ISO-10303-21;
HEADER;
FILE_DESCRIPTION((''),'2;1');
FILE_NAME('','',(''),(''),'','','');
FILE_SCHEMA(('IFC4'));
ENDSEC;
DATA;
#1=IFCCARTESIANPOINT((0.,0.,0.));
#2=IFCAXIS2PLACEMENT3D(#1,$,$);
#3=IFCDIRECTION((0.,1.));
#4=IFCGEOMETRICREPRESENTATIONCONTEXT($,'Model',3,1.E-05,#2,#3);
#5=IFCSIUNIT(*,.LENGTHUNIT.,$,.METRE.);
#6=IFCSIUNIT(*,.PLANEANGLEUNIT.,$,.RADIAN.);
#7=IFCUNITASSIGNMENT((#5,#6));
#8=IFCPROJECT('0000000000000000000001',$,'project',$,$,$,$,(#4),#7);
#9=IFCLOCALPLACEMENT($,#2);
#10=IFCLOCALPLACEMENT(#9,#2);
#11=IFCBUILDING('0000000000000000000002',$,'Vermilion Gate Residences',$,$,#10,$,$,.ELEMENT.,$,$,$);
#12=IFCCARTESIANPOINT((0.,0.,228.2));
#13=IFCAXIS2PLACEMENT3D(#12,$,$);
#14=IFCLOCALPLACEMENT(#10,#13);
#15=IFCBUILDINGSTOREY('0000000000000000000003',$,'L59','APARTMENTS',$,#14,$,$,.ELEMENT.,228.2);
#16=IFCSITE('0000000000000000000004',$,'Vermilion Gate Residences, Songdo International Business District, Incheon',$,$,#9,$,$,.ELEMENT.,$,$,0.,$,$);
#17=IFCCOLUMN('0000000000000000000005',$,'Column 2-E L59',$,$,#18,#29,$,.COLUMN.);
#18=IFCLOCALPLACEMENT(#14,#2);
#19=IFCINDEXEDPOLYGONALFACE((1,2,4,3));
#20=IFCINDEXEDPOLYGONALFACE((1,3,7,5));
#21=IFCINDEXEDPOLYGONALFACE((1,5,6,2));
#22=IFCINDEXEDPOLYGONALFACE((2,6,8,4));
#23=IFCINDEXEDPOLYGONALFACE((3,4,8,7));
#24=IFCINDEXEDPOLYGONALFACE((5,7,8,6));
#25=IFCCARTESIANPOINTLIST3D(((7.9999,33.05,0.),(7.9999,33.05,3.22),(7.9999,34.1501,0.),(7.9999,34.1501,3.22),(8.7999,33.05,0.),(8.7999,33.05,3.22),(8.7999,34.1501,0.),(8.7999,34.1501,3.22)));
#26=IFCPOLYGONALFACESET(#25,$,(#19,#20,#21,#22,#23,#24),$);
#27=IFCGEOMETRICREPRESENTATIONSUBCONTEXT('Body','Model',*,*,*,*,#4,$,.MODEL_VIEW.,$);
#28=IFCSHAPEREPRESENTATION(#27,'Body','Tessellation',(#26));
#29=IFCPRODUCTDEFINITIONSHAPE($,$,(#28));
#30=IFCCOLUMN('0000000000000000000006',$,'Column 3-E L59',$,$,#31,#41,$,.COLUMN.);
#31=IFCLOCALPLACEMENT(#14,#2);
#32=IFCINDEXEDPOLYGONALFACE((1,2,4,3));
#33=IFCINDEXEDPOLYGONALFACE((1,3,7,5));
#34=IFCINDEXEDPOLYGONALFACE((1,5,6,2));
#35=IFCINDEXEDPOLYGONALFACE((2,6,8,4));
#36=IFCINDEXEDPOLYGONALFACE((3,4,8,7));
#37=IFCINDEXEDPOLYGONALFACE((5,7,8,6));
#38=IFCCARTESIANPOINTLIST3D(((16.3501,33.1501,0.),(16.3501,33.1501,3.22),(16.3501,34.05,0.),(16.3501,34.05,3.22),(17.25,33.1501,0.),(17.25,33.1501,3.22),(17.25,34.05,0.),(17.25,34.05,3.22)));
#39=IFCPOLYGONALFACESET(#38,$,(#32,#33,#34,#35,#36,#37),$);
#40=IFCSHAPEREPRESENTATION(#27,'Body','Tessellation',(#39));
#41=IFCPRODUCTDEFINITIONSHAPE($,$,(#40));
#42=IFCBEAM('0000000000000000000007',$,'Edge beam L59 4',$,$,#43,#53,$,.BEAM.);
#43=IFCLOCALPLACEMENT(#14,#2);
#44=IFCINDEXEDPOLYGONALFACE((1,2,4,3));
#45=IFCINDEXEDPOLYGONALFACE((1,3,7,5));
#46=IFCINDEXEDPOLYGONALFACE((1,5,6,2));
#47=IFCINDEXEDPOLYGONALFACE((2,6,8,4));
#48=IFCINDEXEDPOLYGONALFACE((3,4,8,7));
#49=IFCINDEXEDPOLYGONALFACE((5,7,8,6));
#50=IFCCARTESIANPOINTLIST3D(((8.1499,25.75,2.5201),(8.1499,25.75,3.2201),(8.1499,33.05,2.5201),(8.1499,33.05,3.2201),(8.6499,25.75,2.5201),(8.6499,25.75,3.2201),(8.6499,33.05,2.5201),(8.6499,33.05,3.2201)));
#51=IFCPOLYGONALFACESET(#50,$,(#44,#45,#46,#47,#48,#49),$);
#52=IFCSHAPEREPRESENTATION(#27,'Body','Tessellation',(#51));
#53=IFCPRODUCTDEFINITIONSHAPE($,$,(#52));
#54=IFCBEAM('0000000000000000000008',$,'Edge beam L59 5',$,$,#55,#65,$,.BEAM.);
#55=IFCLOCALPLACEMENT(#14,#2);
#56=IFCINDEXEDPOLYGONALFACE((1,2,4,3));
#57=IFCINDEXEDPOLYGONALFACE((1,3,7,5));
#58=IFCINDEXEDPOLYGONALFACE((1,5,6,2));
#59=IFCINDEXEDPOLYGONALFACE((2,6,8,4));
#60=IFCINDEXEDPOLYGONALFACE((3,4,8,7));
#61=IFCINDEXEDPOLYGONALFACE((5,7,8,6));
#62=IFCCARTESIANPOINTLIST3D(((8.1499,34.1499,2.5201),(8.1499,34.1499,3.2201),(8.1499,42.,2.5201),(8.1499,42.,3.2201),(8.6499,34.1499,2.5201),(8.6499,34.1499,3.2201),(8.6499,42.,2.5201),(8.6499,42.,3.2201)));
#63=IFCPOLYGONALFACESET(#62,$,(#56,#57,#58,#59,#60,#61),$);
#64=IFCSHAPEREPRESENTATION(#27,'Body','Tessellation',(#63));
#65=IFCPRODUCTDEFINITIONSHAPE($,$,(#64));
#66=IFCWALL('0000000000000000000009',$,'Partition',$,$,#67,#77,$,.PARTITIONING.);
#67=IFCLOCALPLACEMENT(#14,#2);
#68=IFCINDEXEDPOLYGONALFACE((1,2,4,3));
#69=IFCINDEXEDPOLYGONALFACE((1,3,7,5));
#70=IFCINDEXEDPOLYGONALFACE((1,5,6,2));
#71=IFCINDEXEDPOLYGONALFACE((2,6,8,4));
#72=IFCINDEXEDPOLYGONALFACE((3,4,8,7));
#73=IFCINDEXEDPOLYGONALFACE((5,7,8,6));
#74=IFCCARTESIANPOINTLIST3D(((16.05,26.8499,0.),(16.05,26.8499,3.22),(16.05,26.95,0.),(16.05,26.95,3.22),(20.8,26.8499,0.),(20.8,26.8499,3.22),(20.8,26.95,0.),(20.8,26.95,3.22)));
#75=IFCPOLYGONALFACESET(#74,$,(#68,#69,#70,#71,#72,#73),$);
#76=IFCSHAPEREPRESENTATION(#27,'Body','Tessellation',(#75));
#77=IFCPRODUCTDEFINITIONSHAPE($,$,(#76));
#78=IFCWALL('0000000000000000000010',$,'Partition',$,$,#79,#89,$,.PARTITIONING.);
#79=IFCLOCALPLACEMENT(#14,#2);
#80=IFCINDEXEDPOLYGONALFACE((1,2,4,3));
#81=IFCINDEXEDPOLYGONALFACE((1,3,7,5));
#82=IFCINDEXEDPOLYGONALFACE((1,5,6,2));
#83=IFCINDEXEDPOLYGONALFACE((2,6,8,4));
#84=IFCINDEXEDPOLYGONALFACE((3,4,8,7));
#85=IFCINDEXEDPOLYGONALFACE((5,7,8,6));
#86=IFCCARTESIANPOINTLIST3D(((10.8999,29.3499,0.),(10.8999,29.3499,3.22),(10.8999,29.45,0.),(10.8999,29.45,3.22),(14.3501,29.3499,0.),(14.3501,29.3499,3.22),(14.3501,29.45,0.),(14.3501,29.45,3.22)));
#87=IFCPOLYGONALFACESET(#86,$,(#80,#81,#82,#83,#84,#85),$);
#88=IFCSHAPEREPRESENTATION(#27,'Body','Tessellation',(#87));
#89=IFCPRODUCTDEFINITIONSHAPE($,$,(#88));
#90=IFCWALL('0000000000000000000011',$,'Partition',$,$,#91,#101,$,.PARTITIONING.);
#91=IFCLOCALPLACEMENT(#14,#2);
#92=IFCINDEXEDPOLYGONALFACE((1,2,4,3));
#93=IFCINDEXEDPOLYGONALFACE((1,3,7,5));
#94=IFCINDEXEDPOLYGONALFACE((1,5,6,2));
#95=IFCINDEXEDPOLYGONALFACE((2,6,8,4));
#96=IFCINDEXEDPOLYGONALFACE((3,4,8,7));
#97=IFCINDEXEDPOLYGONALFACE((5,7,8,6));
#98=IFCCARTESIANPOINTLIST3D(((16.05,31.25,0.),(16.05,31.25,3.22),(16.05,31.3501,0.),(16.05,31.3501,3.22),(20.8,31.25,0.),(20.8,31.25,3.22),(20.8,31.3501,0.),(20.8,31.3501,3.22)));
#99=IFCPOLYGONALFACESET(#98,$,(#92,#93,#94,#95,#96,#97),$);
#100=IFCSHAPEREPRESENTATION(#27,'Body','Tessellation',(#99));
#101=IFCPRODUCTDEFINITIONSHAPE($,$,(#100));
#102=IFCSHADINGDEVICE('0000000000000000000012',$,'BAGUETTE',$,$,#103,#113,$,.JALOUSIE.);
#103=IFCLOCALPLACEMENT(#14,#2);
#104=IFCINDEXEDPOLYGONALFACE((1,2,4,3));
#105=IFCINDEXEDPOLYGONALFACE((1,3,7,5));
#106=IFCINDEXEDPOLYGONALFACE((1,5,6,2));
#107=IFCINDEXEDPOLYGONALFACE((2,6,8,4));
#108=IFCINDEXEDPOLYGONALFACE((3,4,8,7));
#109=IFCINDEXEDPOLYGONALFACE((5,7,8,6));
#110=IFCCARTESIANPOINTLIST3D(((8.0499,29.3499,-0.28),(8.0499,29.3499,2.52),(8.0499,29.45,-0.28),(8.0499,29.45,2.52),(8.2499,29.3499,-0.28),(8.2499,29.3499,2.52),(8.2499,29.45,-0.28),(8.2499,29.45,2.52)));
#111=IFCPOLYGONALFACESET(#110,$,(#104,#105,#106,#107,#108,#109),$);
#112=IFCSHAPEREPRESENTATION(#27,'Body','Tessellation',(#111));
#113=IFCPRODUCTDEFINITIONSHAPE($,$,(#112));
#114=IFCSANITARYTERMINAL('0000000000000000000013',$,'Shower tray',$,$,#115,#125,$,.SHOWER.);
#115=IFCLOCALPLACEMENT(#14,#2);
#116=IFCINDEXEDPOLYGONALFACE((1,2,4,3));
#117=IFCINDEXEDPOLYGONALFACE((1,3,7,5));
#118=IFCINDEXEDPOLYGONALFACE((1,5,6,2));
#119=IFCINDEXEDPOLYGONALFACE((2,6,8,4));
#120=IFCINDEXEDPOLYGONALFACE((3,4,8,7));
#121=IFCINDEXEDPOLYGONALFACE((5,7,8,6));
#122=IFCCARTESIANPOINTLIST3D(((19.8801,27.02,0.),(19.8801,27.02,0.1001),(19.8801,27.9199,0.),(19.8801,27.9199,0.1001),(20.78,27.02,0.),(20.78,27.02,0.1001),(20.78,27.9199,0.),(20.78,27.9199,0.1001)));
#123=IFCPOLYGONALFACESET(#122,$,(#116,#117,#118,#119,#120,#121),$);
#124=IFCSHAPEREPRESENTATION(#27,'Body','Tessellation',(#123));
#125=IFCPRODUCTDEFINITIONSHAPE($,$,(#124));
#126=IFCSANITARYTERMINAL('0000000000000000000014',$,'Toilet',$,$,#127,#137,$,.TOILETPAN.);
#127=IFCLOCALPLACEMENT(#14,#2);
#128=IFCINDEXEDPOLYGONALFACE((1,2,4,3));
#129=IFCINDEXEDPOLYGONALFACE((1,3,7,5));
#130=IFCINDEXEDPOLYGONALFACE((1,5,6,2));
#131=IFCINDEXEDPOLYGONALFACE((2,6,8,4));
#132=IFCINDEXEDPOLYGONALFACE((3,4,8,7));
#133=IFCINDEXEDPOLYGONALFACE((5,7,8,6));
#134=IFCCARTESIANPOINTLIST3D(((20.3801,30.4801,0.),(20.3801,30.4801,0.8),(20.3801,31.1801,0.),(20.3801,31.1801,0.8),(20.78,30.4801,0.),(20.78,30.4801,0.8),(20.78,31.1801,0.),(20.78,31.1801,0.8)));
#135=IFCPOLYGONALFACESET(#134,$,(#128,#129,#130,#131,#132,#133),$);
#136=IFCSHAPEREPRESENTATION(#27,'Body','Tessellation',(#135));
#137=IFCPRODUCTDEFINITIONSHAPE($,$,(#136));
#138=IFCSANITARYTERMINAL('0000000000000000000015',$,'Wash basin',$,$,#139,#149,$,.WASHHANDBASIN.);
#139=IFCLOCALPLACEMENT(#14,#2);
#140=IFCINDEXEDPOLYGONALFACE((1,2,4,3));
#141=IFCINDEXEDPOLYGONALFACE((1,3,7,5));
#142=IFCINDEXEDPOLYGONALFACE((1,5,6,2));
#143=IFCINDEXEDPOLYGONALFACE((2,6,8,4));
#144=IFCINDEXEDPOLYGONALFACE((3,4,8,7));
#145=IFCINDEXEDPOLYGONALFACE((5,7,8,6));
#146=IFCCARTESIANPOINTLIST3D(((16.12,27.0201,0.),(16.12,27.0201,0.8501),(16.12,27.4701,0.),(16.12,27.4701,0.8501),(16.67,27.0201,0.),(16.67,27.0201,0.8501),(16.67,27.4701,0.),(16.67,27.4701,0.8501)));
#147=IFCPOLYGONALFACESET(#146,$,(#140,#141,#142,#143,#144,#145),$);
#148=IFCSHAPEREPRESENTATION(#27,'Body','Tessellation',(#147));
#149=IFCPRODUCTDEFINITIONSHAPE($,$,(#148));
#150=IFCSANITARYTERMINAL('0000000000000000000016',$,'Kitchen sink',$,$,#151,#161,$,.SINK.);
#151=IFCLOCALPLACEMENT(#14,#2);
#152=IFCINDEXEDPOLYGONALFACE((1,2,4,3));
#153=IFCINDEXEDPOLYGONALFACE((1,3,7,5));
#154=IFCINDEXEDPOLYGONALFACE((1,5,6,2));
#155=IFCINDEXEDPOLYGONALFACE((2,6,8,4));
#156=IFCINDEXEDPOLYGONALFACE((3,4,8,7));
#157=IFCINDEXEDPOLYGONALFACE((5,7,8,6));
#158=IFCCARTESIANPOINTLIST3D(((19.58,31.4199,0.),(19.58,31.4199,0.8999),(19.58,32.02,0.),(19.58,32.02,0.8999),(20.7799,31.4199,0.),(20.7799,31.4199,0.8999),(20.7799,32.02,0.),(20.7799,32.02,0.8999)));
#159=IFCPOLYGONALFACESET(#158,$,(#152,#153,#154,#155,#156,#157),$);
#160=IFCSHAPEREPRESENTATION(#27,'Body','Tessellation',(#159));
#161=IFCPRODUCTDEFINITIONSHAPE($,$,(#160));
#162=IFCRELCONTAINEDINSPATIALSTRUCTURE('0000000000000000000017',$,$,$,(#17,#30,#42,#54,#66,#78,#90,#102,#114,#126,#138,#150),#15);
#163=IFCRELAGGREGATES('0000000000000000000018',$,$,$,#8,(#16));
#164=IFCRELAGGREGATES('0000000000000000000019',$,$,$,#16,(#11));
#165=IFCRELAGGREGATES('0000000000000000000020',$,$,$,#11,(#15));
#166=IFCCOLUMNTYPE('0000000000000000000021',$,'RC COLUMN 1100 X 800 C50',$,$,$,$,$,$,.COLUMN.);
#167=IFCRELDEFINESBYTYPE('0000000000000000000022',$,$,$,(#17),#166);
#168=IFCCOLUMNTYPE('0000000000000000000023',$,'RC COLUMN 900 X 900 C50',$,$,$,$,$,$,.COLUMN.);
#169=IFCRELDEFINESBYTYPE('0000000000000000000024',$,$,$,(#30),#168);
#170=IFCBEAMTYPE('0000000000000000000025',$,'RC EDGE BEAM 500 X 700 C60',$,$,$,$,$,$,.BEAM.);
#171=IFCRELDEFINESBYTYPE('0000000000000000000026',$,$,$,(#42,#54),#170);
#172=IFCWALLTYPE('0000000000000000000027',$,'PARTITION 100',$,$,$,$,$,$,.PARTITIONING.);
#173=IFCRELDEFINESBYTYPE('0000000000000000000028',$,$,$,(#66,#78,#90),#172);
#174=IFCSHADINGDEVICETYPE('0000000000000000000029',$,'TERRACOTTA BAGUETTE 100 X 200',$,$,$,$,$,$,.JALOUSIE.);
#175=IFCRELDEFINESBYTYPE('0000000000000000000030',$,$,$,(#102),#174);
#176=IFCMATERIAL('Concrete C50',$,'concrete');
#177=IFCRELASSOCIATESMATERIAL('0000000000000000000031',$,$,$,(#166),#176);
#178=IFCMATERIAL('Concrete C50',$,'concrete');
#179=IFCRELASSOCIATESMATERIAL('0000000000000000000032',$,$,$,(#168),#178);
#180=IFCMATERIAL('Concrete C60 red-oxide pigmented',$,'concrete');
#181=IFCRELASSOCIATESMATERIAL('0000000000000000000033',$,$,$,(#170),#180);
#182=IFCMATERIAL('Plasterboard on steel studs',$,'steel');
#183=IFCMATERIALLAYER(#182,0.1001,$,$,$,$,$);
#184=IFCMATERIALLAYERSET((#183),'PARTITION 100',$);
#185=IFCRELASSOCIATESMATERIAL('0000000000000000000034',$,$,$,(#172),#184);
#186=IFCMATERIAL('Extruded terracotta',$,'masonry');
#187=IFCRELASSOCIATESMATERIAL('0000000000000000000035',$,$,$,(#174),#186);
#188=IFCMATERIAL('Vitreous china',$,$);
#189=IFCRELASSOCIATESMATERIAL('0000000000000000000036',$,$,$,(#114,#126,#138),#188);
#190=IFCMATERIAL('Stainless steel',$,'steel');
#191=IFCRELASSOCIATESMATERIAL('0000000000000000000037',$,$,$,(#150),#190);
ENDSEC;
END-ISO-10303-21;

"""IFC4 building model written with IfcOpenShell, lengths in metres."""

from ifc_helpers import new_model, si_unit, direction, frame, frame_2d, origin, origin_2d, place, context, subcontext, project, spatial, rectangle, extrude, material, layer, layer_set, material_profile, profile_set, type_object, element, save


model = new_model("IFC4")

# Units and contexts
model_context = context("Model", 3, precision=1e-05, world=origin(), true_north=direction((0.0, 1.0)))
body_context = subcontext(model_context, "Body", "Model", "MODEL_VIEW")
ifc_project = project(units=[si_unit("LENGTHUNIT", "METRE"), si_unit("PLANEANGLEUNIT", "RADIAN")], contexts=[model_context])

# Site, building, storey
site_placement = place(None, origin())
site = spatial("IfcSite", under=ifc_project, at=site_placement, Name="Vermilion Gate Residences, Songdo International Business District, Incheon", CompositionType="ELEMENT", RefElevation=0.0)
building_placement = place(site_placement, origin())
building = spatial("IfcBuilding", under=site, at=building_placement, Name="Vermilion Gate Residences", CompositionType="ELEMENT")
storey_placement = place(building_placement, frame((0.0, 0.0, 228.2)))
storey = spatial("IfcBuildingStorey", under=building, at=storey_placement, Name="L59", Description="APARTMENTS", CompositionType="ELEMENT", Elevation=228.2)

# Columns
ifc_material_1 = material(Name="Concrete C50", Category="concrete")
ifc_material_profile_1 = material_profile(ifc_material_1, rectangle(XDim=1.1001, YDim=0.8, at=origin_2d()), Name="RC-1100x800")
ifc_profile_set_1 = profile_set([ifc_material_profile_1], Name="Concrete C50")
column_type_1 = type_object("IfcColumnType", Name="RC COLUMN 1100 X 800 C50", PredefinedType="COLUMN", material=ifc_profile_set_1)
column_1_placement = place(storey_placement, frame((8.3999, 33.6001, 0.0), z_axis=(0.0, 0.0, 1.0), x_axis=(0.0, 1.0, 0.0)))
element("IfcColumn", 1, at=column_1_placement, inside=storey, type_object=column_type_1, Name="Column 2-E L59", PredefinedType="COLUMN", context=body_context, shape_type="SweptSolid", body=[
    extrude(rectangle(XDim=1.1001, YDim=0.8, at=origin_2d()), origin(), (0.0, 0.0, 1.0), 3.22),
])
ifc_material_2 = material(Name="Concrete C50", Category="concrete")
ifc_material_profile_2 = material_profile(ifc_material_2, rectangle(XDim=0.8999, YDim=0.8999, at=origin_2d()), Name="RC-900x900")
ifc_profile_set_2 = profile_set([ifc_material_profile_2], Name="Concrete C50")
column_type_2 = type_object("IfcColumnType", Name="RC COLUMN 900 X 900 C50", PredefinedType="COLUMN", material=ifc_profile_set_2)
column_2_placement = place(storey_placement, frame((16.8, 33.6001, 0.0), z_axis=(0.0, 0.0, 1.0), x_axis=(1.0, 0.0, 0.0)))
element("IfcColumn", 2, at=column_2_placement, inside=storey, type_object=column_type_2, Name="Column 3-E L59", PredefinedType="COLUMN", context=body_context, shape_type="SweptSolid", body=[
    extrude(rectangle(XDim=0.8999, YDim=0.8999, at=origin_2d()), origin(), (0.0, 0.0, 1.0), 3.22),
])

# Beams
ifc_material_3 = material(Name="Concrete C60 red-oxide pigmented", Category="concrete")
ifc_material_profile_3 = material_profile(ifc_material_3, rectangle(XDim=0.5, YDim=0.7, at=origin_2d()), Name="RC-500x700")
ifc_profile_set_3 = profile_set([ifc_material_profile_3], Name="Concrete C60 red-oxide pigmented")
beam_type = type_object("IfcBeamType", Name="RC EDGE BEAM 500 X 700 C60", PredefinedType="BEAM", material=ifc_profile_set_3)
beam_1_placement = place(storey_placement, frame((8.3999, 25.75, 2.8701), z_axis=(0.0, 1.0, 0.0), x_axis=(-1.0, 0.0, 0.0)))
element("IfcBeam", 3, at=beam_1_placement, inside=storey, type_object=beam_type, Name="Edge beam L59 4", PredefinedType="BEAM", context=body_context, shape_type="SweptSolid", body=[
    extrude(rectangle(XDim=0.5, YDim=0.7, at=origin_2d()), origin(), (0.0, 0.0, 1.0), 7.3),
])
beam_2_placement = place(storey_placement, frame((8.3999, 34.1499, 2.8701), z_axis=(0.0, 1.0, 0.0), x_axis=(-1.0, 0.0, 0.0)))
element("IfcBeam", 4, at=beam_2_placement, inside=storey, type_object=beam_type, Name="Edge beam L59 5", PredefinedType="BEAM", context=body_context, shape_type="SweptSolid", body=[
    extrude(rectangle(XDim=0.5, YDim=0.7, at=origin_2d()), origin(), (0.0, 0.0, 1.0), 7.8501),
])

# Walls
ifc_material_4 = material(Name="Plasterboard on steel studs", Category="steel")
ifc_layer = layer(ifc_material_4, 0.1001)
ifc_layer_set = layer_set([ifc_layer], Name="PARTITION 100")
wall_type = type_object("IfcWallType", Name="PARTITION 100", PredefinedType="PARTITIONING", material=ifc_layer_set)
wall_1_placement = place(storey_placement, frame((16.05, 26.8999, 0.0), z_axis=(0.0, 0.0, 1.0), x_axis=(1.0, 0.0, 0.0)))
element("IfcWall", 5, at=wall_1_placement, inside=storey, type_object=wall_type, Name="Partition", PredefinedType="PARTITIONING", context=body_context, shape_type="SweptSolid", body=[
    extrude(rectangle(XDim=4.75, YDim=0.1001, at=frame_2d((2.375, 0.0))), origin(), (0.0, 0.0, 1.0), 3.22),
])
wall_2_placement = place(storey_placement, frame((10.8999, 29.3999, 0.0), z_axis=(0.0, 0.0, 1.0), x_axis=(1.0, 0.0, 0.0)))
element("IfcWall", 6, at=wall_2_placement, inside=storey, type_object=wall_type, Name="Partition", PredefinedType="PARTITIONING", context=body_context, shape_type="SweptSolid", body=[
    extrude(rectangle(XDim=3.4502, YDim=0.1001, at=frame_2d((1.7251, 0.0))), origin(), (0.0, 0.0, 1.0), 3.22),
])
wall_3_placement = place(storey_placement, frame((16.05, 31.3, 0.0), z_axis=(0.0, 0.0, 1.0), x_axis=(1.0, 0.0, 0.0)))
element("IfcWall", 7, at=wall_3_placement, inside=storey, type_object=wall_type, Name="Partition", PredefinedType="PARTITIONING", context=body_context, shape_type="SweptSolid", body=[
    extrude(rectangle(XDim=4.75, YDim=0.1001, at=frame_2d((2.375, 0.0))), origin(), (0.0, 0.0, 1.0), 3.22),
])

# Shading device
ifc_material_5 = material(Name="Extruded terracotta", Category="masonry")
ifc_material_profile_4 = material_profile(ifc_material_5, rectangle(XDim=0.2, YDim=0.1001, at=origin_2d()), Name="BAGUETTE 100 X 200")
ifc_profile_set_4 = profile_set([ifc_material_profile_4], Name="Extruded terracotta")
shading_device_type = type_object("IfcShadingDeviceType", Name="TERRACOTTA BAGUETTE 100 X 200", PredefinedType="JALOUSIE", material=ifc_profile_set_4)
shading_device_placement = place(storey_placement, frame((8.1499, 29.3999, -0.28), z_axis=(0.0, 0.0, 1.0), x_axis=(1.0, 0.0, 0.0)))
element("IfcShadingDevice", 8, at=shading_device_placement, inside=storey, type_object=shading_device_type, Name="BAGUETTE", PredefinedType="JALOUSIE", context=body_context, shape_type="SweptSolid", body=[
    extrude(rectangle(XDim=0.2, YDim=0.1001, at=origin_2d()), origin(), (0.0, 0.0, 1.0), 2.8),
])

# Sanitary terminals
ifc_material_6 = material(Name="Vitreous china")
sanitary_terminal_1_placement = place(storey_placement, frame((20.3301, 27.47, 0.0), z_axis=(0.0, 0.0, 1.0), x_axis=(1.0, 0.0, 0.0)))
element("IfcSanitaryTerminal", 9, at=sanitary_terminal_1_placement, inside=storey, material=ifc_material_6, Name="Shower tray", PredefinedType="SHOWER", context=body_context, shape_type="SweptSolid", body=[
    extrude(rectangle(XDim=0.8999, YDim=0.8999, at=origin_2d()), origin(), (0.0, 0.0, 1.0), 0.1001),
])
sanitary_terminal_2_placement = place(storey_placement, frame((20.5801, 30.8301, 0.0), z_axis=(0.0, 0.0, 1.0), x_axis=(1.0, 0.0, 0.0)))
element("IfcSanitaryTerminal", 10, at=sanitary_terminal_2_placement, inside=storey, material=ifc_material_6, Name="Toilet", PredefinedType="TOILETPAN", context=body_context, shape_type="SweptSolid", body=[
    extrude(rectangle(XDim=0.3999, YDim=0.7, at=origin_2d()), origin(), (0.0, 0.0, 1.0), 0.8),
])
sanitary_terminal_3_placement = place(storey_placement, frame((16.395, 27.2451, 0.0), z_axis=(0.0, 0.0, 1.0), x_axis=(1.0, 0.0, 0.0)))
element("IfcSanitaryTerminal", 11, at=sanitary_terminal_3_placement, inside=storey, material=ifc_material_6, Name="Wash basin", PredefinedType="WASHHANDBASIN", context=body_context, shape_type="SweptSolid", body=[
    extrude(rectangle(XDim=0.55, YDim=0.45, at=origin_2d()), origin(), (0.0, 0.0, 1.0), 0.8501),
])
ifc_material_7 = material(Name="Stainless steel", Category="steel")
sanitary_terminal_4_placement = place(storey_placement, frame((20.1799, 31.72, 0.0), z_axis=(0.0, 0.0, 1.0), x_axis=(1.0, 0.0, 0.0)))
element("IfcSanitaryTerminal", 12, at=sanitary_terminal_4_placement, inside=storey, material=ifc_material_7, Name="Kitchen sink", PredefinedType="SINK", context=body_context, shape_type="SweptSolid", body=[
    extrude(rectangle(XDim=1.2, YDim=0.6001, at=origin_2d()), origin(), (0.0, 0.0, 1.0), 0.8999),
])

save(model, "model.ifc")
